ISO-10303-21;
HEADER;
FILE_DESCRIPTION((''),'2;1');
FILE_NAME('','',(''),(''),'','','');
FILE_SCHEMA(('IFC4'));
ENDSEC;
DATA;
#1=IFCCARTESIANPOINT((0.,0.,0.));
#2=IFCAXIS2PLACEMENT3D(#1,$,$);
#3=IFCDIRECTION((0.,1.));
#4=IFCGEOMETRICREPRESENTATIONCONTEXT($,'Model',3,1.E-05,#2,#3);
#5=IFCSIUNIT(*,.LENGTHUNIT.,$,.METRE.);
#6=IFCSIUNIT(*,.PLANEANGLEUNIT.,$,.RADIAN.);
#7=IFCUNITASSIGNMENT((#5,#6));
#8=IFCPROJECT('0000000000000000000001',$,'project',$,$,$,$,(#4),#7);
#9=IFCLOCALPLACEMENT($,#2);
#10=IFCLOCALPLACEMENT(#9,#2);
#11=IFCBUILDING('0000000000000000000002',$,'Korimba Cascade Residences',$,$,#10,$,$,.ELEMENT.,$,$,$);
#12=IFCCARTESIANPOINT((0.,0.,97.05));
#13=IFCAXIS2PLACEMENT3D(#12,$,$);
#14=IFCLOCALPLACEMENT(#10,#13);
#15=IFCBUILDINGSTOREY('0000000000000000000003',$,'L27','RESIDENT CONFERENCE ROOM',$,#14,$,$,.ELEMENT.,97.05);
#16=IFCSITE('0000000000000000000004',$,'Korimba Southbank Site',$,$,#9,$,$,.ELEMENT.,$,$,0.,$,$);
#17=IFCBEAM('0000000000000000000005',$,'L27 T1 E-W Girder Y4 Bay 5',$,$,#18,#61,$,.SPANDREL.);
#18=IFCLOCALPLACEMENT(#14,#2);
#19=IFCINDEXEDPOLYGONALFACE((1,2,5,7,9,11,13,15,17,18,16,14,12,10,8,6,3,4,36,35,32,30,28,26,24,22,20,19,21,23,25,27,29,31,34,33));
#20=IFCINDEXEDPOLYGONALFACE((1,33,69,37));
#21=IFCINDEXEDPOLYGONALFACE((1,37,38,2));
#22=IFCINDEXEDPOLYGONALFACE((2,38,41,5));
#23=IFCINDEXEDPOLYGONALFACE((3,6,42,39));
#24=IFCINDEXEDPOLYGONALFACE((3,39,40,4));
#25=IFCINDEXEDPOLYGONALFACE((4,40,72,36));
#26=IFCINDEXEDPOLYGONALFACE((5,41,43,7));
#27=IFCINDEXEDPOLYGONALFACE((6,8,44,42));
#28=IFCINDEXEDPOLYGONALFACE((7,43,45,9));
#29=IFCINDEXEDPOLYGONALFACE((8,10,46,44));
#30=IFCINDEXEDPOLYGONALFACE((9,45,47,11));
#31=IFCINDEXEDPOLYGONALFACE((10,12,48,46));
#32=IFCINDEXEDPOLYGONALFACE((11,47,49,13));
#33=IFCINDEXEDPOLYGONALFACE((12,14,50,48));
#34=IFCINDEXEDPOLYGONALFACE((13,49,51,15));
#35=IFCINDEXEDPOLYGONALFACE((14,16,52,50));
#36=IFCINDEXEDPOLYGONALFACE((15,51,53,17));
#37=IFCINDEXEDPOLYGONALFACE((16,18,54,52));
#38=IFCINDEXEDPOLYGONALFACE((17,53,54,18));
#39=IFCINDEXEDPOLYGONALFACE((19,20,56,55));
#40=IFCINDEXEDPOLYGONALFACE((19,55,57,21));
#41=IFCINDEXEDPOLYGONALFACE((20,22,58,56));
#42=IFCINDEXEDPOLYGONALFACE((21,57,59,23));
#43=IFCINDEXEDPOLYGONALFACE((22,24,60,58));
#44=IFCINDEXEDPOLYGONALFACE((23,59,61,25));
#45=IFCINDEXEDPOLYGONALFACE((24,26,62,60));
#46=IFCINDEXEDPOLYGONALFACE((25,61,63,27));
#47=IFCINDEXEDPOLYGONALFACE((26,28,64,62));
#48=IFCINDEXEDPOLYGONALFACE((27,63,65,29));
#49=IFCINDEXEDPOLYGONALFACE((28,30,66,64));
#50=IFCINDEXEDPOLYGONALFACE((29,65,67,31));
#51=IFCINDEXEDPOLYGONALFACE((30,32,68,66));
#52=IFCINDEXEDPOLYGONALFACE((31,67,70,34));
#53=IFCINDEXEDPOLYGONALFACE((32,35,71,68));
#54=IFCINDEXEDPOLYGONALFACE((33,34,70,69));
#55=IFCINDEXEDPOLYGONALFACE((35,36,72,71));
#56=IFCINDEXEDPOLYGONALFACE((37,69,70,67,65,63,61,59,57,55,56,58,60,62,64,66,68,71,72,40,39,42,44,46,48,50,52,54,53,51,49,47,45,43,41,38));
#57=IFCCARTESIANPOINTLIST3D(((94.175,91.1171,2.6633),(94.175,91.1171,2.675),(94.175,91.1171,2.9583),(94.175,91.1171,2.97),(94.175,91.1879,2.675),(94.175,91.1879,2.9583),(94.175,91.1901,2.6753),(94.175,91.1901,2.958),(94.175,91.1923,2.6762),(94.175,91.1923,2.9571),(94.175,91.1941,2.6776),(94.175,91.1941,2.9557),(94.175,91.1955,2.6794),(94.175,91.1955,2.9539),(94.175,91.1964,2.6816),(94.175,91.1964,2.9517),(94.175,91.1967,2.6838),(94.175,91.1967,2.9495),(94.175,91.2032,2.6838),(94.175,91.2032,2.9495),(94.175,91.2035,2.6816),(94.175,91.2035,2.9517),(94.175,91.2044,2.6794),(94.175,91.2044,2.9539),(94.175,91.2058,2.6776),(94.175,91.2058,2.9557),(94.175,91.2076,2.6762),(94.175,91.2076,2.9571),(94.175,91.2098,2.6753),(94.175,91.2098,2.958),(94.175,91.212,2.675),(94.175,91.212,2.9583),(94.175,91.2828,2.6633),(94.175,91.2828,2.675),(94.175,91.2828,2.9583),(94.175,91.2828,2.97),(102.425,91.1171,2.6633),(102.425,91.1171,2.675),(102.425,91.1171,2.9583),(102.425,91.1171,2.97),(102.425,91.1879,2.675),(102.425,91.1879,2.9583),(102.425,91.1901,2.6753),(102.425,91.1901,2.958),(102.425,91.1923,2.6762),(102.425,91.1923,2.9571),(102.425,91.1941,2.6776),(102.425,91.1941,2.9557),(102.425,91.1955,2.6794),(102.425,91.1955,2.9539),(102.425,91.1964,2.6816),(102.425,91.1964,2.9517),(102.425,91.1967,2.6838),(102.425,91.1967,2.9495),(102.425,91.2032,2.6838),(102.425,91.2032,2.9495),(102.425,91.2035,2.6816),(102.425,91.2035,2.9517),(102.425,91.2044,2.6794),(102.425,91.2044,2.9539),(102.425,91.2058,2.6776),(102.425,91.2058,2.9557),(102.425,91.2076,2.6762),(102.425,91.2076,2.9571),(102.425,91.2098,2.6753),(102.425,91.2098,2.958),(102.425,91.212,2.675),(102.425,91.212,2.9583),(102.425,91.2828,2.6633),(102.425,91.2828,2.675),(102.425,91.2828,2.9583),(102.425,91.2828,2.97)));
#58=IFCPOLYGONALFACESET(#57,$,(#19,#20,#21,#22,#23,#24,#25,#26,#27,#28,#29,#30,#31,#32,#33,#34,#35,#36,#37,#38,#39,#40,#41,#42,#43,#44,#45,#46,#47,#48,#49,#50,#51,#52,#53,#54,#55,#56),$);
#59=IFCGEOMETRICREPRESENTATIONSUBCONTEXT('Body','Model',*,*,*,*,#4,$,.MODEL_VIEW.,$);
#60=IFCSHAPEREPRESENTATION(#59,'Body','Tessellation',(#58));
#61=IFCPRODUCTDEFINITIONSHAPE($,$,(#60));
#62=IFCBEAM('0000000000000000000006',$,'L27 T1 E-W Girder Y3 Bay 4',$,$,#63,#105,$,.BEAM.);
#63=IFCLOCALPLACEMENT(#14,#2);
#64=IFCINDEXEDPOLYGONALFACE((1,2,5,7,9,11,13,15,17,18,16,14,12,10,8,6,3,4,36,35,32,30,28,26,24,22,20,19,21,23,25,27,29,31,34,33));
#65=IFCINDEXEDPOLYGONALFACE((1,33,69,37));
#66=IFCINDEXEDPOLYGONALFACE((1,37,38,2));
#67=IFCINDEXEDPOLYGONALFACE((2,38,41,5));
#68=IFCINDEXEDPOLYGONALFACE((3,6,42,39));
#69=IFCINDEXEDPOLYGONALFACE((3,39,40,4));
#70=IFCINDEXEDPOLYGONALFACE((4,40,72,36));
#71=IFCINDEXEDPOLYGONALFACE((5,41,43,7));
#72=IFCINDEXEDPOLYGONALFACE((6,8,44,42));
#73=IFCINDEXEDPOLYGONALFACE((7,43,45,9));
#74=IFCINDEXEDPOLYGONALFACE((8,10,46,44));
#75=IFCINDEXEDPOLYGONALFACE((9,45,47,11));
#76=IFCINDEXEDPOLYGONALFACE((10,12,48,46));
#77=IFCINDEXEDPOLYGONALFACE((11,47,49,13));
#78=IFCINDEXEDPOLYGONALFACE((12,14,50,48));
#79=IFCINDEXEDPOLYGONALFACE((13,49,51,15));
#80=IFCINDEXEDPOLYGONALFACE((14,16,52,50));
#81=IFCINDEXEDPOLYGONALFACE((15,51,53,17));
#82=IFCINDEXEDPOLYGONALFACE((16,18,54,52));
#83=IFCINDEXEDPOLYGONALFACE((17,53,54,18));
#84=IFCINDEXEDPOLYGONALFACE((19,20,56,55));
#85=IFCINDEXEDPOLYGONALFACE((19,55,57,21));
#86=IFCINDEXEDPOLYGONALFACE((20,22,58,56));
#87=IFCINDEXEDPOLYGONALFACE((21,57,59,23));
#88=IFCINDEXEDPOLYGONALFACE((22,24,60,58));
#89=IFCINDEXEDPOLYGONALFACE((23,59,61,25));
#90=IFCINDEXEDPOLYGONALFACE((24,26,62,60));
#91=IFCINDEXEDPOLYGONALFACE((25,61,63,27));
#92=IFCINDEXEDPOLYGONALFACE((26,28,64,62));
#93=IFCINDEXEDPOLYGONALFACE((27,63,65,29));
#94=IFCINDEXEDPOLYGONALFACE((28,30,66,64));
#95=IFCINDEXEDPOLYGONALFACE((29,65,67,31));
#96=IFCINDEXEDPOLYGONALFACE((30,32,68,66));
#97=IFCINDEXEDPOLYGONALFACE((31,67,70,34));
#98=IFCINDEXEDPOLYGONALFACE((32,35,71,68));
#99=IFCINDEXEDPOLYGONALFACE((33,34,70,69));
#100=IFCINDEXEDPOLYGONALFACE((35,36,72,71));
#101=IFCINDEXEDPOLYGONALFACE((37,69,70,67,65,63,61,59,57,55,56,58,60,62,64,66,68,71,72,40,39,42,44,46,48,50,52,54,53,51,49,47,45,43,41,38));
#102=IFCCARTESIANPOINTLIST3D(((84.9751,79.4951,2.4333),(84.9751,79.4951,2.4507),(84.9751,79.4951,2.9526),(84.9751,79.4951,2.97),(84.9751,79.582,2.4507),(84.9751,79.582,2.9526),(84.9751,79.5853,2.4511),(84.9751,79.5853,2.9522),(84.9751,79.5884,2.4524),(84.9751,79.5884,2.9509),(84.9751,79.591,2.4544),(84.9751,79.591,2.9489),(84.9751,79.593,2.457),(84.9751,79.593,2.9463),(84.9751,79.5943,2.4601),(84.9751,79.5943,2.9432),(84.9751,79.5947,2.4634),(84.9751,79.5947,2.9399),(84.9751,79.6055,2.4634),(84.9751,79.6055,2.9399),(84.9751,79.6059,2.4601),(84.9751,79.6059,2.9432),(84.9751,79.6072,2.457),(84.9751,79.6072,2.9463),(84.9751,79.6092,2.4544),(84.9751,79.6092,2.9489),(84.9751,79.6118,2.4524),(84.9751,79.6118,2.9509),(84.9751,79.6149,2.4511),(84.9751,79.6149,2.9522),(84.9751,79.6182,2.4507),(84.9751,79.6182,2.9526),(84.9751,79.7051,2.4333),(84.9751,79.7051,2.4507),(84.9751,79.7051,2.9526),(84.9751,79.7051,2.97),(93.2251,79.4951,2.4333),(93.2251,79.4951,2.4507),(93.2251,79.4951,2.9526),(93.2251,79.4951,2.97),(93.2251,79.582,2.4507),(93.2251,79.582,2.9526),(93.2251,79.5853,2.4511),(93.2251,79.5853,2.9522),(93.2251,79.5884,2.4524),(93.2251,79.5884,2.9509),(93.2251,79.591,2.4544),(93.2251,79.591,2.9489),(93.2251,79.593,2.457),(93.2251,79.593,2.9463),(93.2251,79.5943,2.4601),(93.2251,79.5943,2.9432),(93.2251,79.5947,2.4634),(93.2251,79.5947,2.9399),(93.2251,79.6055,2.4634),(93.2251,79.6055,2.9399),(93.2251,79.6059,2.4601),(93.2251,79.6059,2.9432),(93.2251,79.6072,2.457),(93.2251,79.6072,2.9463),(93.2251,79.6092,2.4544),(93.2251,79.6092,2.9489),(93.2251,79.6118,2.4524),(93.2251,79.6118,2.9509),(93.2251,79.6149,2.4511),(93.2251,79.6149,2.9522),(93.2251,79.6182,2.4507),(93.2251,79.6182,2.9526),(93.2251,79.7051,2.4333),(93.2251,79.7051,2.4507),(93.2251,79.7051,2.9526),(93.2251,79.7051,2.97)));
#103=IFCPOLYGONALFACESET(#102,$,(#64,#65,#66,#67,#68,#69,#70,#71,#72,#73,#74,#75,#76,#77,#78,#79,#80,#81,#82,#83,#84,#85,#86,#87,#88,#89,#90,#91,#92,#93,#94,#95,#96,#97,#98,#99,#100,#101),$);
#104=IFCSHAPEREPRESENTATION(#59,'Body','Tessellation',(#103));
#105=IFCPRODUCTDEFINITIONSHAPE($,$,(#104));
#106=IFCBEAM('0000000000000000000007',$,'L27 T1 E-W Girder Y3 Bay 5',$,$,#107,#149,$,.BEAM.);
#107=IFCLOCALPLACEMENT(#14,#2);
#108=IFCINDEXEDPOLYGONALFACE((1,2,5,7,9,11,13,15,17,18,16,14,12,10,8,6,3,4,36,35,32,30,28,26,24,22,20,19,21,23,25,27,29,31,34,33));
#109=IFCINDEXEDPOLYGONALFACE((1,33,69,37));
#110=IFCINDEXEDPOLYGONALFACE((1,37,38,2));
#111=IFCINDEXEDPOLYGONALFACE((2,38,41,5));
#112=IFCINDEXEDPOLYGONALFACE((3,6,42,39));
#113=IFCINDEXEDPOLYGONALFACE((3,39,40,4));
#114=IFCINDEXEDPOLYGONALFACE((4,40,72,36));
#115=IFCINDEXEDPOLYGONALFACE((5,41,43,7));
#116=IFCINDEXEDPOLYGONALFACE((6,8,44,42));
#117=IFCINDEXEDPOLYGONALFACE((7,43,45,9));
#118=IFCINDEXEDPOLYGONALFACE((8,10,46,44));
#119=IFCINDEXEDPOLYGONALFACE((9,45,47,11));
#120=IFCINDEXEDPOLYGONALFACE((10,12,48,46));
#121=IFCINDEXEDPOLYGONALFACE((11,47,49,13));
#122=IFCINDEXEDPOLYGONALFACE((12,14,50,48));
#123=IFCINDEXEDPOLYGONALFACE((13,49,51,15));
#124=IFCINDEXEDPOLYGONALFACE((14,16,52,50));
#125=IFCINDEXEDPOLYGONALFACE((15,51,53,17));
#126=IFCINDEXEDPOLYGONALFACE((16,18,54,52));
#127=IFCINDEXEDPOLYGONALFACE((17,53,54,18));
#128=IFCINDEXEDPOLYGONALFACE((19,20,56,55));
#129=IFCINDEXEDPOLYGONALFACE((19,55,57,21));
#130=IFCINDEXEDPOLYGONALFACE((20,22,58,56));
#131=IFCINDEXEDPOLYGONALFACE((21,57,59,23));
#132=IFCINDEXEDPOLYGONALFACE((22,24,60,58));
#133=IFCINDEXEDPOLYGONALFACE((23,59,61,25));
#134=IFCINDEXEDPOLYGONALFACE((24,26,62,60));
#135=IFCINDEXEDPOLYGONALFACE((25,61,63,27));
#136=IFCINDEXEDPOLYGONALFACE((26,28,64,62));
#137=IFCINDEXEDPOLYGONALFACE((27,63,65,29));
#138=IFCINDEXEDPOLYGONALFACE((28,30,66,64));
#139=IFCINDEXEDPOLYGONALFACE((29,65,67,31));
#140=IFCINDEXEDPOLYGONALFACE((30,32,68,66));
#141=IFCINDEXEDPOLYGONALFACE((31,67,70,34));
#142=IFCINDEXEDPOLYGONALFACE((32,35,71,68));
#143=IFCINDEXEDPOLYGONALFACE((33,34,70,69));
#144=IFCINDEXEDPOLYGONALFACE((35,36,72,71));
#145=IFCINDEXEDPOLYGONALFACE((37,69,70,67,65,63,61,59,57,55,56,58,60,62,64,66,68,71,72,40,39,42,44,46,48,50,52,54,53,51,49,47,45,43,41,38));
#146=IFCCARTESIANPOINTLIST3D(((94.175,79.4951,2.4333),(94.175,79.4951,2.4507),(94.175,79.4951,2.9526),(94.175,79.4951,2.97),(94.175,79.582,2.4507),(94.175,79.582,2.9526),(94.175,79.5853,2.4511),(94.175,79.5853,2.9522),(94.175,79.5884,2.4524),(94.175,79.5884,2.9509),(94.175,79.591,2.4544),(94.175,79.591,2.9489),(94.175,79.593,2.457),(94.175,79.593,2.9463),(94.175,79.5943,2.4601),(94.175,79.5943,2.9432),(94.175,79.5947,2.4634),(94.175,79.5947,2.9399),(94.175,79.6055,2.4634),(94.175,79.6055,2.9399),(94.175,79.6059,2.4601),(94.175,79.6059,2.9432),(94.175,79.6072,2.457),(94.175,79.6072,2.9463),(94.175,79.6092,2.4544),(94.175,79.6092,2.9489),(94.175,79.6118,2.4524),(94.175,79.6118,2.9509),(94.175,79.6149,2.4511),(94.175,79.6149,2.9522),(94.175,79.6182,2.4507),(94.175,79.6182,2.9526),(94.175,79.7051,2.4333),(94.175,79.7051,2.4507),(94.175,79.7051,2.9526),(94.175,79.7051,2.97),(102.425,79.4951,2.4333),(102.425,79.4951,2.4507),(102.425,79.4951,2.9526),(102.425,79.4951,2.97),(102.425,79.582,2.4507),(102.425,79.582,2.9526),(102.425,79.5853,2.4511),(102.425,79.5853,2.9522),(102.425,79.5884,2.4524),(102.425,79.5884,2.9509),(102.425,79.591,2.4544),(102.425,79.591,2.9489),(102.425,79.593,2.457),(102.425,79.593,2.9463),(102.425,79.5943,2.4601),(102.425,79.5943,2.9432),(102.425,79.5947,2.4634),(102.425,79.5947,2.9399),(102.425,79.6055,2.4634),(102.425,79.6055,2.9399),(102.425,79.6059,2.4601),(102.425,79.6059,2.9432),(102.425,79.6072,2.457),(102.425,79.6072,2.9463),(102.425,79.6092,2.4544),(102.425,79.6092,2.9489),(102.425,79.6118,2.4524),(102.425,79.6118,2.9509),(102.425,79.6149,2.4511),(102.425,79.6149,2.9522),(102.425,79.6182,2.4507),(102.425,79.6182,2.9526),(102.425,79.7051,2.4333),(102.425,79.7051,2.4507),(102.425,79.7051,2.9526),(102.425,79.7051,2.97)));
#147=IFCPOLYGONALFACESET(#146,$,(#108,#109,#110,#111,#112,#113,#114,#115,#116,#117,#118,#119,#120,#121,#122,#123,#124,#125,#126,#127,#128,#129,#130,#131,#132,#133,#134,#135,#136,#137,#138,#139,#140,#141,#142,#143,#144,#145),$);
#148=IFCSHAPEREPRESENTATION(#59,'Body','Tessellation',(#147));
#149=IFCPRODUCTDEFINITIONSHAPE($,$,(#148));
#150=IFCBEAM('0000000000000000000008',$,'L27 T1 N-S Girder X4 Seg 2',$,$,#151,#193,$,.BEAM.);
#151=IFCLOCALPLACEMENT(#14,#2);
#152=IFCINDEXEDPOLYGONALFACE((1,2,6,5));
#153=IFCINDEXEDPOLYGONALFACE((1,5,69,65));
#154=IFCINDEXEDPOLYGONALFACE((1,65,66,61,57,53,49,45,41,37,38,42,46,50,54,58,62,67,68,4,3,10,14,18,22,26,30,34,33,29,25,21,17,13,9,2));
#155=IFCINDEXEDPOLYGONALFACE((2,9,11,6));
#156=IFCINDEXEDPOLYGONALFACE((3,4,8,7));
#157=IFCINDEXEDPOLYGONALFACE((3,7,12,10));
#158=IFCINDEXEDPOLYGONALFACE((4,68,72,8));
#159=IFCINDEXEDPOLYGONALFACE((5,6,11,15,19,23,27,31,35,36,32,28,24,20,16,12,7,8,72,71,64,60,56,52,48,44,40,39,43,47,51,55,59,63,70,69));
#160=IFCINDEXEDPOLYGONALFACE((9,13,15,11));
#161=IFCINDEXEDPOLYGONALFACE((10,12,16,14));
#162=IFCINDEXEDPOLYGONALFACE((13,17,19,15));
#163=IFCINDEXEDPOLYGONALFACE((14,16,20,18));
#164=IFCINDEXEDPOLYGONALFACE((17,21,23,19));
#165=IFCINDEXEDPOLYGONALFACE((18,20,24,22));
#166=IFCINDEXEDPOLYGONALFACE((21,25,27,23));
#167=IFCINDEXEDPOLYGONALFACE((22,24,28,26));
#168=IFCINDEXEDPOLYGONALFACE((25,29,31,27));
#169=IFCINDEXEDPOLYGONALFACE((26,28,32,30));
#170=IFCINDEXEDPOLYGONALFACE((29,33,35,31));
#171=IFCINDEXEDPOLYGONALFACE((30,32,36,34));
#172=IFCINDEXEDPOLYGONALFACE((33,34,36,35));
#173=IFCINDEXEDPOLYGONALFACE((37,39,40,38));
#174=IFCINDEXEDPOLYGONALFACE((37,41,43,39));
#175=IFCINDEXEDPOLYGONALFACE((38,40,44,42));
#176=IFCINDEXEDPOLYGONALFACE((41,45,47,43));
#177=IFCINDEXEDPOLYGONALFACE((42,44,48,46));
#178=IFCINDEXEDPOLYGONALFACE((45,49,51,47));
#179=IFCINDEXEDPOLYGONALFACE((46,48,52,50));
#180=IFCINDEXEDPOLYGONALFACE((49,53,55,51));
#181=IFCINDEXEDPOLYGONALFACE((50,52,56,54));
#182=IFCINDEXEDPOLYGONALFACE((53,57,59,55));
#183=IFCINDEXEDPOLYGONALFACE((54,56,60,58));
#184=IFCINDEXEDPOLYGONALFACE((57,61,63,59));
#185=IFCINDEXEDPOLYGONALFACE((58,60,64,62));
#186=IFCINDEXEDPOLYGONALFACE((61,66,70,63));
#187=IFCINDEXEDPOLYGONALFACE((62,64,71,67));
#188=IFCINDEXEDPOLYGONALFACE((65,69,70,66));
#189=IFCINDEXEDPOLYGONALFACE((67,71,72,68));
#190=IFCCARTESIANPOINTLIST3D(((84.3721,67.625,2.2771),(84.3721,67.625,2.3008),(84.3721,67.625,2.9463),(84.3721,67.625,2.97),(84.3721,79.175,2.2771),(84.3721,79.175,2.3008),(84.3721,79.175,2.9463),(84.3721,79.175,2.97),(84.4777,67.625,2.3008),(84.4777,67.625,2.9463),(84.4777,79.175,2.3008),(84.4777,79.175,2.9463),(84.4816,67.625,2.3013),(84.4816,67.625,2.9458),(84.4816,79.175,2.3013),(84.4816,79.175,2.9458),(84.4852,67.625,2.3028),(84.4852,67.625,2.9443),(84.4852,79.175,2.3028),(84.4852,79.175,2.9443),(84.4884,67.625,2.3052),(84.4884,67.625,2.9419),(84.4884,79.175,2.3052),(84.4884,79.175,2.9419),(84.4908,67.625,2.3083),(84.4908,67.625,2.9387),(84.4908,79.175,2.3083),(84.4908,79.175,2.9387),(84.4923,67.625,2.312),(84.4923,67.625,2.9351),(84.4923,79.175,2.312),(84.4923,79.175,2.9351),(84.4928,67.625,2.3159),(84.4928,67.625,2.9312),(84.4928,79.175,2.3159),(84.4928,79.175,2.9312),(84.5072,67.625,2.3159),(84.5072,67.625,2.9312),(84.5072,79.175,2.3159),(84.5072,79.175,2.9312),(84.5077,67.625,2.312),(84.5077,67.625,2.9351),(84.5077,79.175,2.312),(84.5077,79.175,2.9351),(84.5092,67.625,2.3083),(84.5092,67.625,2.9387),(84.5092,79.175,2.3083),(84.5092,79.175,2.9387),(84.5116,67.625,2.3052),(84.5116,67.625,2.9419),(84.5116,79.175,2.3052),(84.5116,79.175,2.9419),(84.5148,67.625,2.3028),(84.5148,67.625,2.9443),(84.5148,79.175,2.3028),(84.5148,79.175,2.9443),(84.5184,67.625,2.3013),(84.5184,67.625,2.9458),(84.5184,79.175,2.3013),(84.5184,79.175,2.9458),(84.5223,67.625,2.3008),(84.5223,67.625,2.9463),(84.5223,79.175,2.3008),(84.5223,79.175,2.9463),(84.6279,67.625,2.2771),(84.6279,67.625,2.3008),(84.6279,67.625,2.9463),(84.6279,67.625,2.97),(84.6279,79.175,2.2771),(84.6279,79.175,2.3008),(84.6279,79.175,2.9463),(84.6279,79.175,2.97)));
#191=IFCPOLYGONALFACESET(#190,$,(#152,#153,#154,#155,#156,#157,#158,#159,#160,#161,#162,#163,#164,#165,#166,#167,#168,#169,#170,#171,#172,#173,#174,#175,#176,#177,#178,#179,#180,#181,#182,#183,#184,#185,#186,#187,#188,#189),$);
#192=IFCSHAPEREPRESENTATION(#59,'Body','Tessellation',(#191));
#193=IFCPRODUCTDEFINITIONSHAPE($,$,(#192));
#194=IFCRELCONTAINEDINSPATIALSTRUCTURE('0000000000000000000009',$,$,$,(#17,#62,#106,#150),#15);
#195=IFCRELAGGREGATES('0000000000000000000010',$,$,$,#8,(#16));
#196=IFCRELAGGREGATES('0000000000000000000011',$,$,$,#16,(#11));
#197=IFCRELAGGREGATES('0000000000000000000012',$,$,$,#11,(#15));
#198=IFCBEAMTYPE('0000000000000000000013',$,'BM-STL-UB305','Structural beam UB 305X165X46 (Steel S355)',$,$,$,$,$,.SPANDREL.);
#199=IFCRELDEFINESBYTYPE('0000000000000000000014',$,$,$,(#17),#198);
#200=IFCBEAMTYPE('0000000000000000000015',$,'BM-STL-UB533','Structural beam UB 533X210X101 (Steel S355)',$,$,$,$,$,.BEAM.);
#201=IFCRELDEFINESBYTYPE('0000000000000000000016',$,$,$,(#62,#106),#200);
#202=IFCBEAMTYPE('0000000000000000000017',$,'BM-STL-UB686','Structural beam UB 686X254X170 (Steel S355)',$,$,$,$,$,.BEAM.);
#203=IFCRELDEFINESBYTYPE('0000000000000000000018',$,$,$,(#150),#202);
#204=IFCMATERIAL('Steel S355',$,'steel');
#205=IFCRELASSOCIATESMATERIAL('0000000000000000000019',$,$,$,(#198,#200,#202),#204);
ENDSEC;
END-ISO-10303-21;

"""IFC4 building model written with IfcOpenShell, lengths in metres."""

from ifc_helpers import new_model, si_unit, direction, frame, origin, origin_2d, place, context, subcontext, project, spatial, i_section, extrude, material, material_profile, profile_set, type_object, element, save


model = new_model("IFC4")

# Units and contexts
model_context = context("Model", 3, precision=1e-05, world=origin(), true_north=direction((0.0, 1.0)))
body_context = subcontext(model_context, "Body", "Model", "MODEL_VIEW")
ifc_project = project(units=[si_unit("LENGTHUNIT", "METRE"), si_unit("PLANEANGLEUNIT", "RADIAN")], contexts=[model_context])

# Site, building, storey
site_placement = place(None, origin())
site = spatial("IfcSite", under=ifc_project, at=site_placement, Name="Korimba Southbank Site", CompositionType="ELEMENT", RefElevation=0.0)
building_placement = place(site_placement, origin())
building = spatial("IfcBuilding", under=site, at=building_placement, Name="Korimba Cascade Residences", CompositionType="ELEMENT")
storey_placement = place(building_placement, frame((0.0, 0.0, 97.05)))
storey = spatial("IfcBuildingStorey", under=building, at=storey_placement, Name="L27", Description="RESIDENT CONFERENCE ROOM", CompositionType="ELEMENT", Elevation=97.05)

# Beams
ifc_material_1 = material(Name="Steel S355", Category="steel")
ifc_material_profile_1 = material_profile(ifc_material_1, i_section(OverallWidth=0.1658, OverallDepth=0.3066, WebThickness=0.0066, FlangeThickness=0.0117, FilletRadius=0.0088, at=origin_2d()), Name="Steel S355")
ifc_profile_set_1 = profile_set([ifc_material_profile_1], Name="Steel S355")
beam_type_1 = type_object("IfcBeamType", Name="BM-STL-UB305", Description="Structural beam UB 305X165X46 (Steel S355)", PredefinedType="SPANDREL", material=ifc_profile_set_1)
for number, where, z_axis, x_axis, name in (
    (1, (94.175, 91.2, 2.8167), (1.0, 0.0, 0.0), (0.0, 1.0, 0.0), "L27 T1 E-W Girder Y4 Bay 5"),
):
    element("IfcBeam", number, at=place(storey_placement, frame(where, z_axis=z_axis, x_axis=x_axis)), inside=storey, type_object=beam_type_1, Name=name, PredefinedType="SPANDREL", context=body_context, shape_type="SweptSolid", body=[
        extrude(i_section(OverallWidth=0.1658, OverallDepth=0.3066, WebThickness=0.0066, FlangeThickness=0.0117, FilletRadius=0.0088, at=origin_2d()), origin(), (0.0, 0.0, 1.0), 8.25),
    ])
ifc_material_profile_2 = material_profile(ifc_material_1, i_section(OverallWidth=0.21, OverallDepth=0.5366, WebThickness=0.0107, FlangeThickness=0.0173, FilletRadius=0.0127, at=origin_2d()), Name="Steel S355")
ifc_profile_set_2 = profile_set([ifc_material_profile_2], Name="Steel S355")
beam_type_2 = type_object("IfcBeamType", Name="BM-STL-UB533", Description="Structural beam UB 533X210X101 (Steel S355)", PredefinedType="BEAM", material=ifc_profile_set_2)
for number, where, z_axis, x_axis, name in (
    (2, (84.9751, 79.6001, 2.7017), (1.0, 0.0, 0.0), (0.0, 1.0, 0.0), "L27 T1 E-W Girder Y3 Bay 4"),
    (3, (94.175, 79.6001, 2.7017), (1.0, 0.0, 0.0), (0.0, 1.0, 0.0), "L27 T1 E-W Girder Y3 Bay 5"),
):
    element("IfcBeam", number, at=place(storey_placement, frame(where, z_axis=z_axis, x_axis=x_axis)), inside=storey, type_object=beam_type_2, Name=name, PredefinedType="BEAM", context=body_context, shape_type="SweptSolid", body=[
        extrude(i_section(OverallWidth=0.21, OverallDepth=0.5366, WebThickness=0.0107, FlangeThickness=0.0173, FilletRadius=0.0127, at=origin_2d()), origin(), (0.0, 0.0, 1.0), 8.25),
    ])
ifc_material_profile_3 = material_profile(ifc_material_1, i_section(OverallWidth=0.2559, OverallDepth=0.6929, WebThickness=0.0144, FlangeThickness=0.0237, FilletRadius=0.0151, at=origin_2d()), Name="Steel S355")
ifc_profile_set_3 = profile_set([ifc_material_profile_3], Name="Steel S355")
beam_type_3 = type_object("IfcBeamType", Name="BM-STL-UB686", Description="Structural beam UB 686X254X170 (Steel S355)", PredefinedType="BEAM", material=ifc_profile_set_3)
beam_1_placement = place(storey_placement, frame((84.5, 67.625, 2.6235), z_axis=(0.0, 1.0, 0.0), x_axis=(-1.0, 0.0, 0.0)))
element("IfcBeam", 4, at=beam_1_placement, inside=storey, type_object=beam_type_3, Name="L27 T1 N-S Girder X4 Seg 2", PredefinedType="BEAM", context=body_context, shape_type="SweptSolid", body=[
    extrude(i_section(OverallWidth=0.2559, OverallDepth=0.6929, WebThickness=0.0144, FlangeThickness=0.0237, FilletRadius=0.0151, at=origin_2d()), origin(), (0.0, 0.0, 1.0), 11.55),
])

save(model, "model.ifc")
